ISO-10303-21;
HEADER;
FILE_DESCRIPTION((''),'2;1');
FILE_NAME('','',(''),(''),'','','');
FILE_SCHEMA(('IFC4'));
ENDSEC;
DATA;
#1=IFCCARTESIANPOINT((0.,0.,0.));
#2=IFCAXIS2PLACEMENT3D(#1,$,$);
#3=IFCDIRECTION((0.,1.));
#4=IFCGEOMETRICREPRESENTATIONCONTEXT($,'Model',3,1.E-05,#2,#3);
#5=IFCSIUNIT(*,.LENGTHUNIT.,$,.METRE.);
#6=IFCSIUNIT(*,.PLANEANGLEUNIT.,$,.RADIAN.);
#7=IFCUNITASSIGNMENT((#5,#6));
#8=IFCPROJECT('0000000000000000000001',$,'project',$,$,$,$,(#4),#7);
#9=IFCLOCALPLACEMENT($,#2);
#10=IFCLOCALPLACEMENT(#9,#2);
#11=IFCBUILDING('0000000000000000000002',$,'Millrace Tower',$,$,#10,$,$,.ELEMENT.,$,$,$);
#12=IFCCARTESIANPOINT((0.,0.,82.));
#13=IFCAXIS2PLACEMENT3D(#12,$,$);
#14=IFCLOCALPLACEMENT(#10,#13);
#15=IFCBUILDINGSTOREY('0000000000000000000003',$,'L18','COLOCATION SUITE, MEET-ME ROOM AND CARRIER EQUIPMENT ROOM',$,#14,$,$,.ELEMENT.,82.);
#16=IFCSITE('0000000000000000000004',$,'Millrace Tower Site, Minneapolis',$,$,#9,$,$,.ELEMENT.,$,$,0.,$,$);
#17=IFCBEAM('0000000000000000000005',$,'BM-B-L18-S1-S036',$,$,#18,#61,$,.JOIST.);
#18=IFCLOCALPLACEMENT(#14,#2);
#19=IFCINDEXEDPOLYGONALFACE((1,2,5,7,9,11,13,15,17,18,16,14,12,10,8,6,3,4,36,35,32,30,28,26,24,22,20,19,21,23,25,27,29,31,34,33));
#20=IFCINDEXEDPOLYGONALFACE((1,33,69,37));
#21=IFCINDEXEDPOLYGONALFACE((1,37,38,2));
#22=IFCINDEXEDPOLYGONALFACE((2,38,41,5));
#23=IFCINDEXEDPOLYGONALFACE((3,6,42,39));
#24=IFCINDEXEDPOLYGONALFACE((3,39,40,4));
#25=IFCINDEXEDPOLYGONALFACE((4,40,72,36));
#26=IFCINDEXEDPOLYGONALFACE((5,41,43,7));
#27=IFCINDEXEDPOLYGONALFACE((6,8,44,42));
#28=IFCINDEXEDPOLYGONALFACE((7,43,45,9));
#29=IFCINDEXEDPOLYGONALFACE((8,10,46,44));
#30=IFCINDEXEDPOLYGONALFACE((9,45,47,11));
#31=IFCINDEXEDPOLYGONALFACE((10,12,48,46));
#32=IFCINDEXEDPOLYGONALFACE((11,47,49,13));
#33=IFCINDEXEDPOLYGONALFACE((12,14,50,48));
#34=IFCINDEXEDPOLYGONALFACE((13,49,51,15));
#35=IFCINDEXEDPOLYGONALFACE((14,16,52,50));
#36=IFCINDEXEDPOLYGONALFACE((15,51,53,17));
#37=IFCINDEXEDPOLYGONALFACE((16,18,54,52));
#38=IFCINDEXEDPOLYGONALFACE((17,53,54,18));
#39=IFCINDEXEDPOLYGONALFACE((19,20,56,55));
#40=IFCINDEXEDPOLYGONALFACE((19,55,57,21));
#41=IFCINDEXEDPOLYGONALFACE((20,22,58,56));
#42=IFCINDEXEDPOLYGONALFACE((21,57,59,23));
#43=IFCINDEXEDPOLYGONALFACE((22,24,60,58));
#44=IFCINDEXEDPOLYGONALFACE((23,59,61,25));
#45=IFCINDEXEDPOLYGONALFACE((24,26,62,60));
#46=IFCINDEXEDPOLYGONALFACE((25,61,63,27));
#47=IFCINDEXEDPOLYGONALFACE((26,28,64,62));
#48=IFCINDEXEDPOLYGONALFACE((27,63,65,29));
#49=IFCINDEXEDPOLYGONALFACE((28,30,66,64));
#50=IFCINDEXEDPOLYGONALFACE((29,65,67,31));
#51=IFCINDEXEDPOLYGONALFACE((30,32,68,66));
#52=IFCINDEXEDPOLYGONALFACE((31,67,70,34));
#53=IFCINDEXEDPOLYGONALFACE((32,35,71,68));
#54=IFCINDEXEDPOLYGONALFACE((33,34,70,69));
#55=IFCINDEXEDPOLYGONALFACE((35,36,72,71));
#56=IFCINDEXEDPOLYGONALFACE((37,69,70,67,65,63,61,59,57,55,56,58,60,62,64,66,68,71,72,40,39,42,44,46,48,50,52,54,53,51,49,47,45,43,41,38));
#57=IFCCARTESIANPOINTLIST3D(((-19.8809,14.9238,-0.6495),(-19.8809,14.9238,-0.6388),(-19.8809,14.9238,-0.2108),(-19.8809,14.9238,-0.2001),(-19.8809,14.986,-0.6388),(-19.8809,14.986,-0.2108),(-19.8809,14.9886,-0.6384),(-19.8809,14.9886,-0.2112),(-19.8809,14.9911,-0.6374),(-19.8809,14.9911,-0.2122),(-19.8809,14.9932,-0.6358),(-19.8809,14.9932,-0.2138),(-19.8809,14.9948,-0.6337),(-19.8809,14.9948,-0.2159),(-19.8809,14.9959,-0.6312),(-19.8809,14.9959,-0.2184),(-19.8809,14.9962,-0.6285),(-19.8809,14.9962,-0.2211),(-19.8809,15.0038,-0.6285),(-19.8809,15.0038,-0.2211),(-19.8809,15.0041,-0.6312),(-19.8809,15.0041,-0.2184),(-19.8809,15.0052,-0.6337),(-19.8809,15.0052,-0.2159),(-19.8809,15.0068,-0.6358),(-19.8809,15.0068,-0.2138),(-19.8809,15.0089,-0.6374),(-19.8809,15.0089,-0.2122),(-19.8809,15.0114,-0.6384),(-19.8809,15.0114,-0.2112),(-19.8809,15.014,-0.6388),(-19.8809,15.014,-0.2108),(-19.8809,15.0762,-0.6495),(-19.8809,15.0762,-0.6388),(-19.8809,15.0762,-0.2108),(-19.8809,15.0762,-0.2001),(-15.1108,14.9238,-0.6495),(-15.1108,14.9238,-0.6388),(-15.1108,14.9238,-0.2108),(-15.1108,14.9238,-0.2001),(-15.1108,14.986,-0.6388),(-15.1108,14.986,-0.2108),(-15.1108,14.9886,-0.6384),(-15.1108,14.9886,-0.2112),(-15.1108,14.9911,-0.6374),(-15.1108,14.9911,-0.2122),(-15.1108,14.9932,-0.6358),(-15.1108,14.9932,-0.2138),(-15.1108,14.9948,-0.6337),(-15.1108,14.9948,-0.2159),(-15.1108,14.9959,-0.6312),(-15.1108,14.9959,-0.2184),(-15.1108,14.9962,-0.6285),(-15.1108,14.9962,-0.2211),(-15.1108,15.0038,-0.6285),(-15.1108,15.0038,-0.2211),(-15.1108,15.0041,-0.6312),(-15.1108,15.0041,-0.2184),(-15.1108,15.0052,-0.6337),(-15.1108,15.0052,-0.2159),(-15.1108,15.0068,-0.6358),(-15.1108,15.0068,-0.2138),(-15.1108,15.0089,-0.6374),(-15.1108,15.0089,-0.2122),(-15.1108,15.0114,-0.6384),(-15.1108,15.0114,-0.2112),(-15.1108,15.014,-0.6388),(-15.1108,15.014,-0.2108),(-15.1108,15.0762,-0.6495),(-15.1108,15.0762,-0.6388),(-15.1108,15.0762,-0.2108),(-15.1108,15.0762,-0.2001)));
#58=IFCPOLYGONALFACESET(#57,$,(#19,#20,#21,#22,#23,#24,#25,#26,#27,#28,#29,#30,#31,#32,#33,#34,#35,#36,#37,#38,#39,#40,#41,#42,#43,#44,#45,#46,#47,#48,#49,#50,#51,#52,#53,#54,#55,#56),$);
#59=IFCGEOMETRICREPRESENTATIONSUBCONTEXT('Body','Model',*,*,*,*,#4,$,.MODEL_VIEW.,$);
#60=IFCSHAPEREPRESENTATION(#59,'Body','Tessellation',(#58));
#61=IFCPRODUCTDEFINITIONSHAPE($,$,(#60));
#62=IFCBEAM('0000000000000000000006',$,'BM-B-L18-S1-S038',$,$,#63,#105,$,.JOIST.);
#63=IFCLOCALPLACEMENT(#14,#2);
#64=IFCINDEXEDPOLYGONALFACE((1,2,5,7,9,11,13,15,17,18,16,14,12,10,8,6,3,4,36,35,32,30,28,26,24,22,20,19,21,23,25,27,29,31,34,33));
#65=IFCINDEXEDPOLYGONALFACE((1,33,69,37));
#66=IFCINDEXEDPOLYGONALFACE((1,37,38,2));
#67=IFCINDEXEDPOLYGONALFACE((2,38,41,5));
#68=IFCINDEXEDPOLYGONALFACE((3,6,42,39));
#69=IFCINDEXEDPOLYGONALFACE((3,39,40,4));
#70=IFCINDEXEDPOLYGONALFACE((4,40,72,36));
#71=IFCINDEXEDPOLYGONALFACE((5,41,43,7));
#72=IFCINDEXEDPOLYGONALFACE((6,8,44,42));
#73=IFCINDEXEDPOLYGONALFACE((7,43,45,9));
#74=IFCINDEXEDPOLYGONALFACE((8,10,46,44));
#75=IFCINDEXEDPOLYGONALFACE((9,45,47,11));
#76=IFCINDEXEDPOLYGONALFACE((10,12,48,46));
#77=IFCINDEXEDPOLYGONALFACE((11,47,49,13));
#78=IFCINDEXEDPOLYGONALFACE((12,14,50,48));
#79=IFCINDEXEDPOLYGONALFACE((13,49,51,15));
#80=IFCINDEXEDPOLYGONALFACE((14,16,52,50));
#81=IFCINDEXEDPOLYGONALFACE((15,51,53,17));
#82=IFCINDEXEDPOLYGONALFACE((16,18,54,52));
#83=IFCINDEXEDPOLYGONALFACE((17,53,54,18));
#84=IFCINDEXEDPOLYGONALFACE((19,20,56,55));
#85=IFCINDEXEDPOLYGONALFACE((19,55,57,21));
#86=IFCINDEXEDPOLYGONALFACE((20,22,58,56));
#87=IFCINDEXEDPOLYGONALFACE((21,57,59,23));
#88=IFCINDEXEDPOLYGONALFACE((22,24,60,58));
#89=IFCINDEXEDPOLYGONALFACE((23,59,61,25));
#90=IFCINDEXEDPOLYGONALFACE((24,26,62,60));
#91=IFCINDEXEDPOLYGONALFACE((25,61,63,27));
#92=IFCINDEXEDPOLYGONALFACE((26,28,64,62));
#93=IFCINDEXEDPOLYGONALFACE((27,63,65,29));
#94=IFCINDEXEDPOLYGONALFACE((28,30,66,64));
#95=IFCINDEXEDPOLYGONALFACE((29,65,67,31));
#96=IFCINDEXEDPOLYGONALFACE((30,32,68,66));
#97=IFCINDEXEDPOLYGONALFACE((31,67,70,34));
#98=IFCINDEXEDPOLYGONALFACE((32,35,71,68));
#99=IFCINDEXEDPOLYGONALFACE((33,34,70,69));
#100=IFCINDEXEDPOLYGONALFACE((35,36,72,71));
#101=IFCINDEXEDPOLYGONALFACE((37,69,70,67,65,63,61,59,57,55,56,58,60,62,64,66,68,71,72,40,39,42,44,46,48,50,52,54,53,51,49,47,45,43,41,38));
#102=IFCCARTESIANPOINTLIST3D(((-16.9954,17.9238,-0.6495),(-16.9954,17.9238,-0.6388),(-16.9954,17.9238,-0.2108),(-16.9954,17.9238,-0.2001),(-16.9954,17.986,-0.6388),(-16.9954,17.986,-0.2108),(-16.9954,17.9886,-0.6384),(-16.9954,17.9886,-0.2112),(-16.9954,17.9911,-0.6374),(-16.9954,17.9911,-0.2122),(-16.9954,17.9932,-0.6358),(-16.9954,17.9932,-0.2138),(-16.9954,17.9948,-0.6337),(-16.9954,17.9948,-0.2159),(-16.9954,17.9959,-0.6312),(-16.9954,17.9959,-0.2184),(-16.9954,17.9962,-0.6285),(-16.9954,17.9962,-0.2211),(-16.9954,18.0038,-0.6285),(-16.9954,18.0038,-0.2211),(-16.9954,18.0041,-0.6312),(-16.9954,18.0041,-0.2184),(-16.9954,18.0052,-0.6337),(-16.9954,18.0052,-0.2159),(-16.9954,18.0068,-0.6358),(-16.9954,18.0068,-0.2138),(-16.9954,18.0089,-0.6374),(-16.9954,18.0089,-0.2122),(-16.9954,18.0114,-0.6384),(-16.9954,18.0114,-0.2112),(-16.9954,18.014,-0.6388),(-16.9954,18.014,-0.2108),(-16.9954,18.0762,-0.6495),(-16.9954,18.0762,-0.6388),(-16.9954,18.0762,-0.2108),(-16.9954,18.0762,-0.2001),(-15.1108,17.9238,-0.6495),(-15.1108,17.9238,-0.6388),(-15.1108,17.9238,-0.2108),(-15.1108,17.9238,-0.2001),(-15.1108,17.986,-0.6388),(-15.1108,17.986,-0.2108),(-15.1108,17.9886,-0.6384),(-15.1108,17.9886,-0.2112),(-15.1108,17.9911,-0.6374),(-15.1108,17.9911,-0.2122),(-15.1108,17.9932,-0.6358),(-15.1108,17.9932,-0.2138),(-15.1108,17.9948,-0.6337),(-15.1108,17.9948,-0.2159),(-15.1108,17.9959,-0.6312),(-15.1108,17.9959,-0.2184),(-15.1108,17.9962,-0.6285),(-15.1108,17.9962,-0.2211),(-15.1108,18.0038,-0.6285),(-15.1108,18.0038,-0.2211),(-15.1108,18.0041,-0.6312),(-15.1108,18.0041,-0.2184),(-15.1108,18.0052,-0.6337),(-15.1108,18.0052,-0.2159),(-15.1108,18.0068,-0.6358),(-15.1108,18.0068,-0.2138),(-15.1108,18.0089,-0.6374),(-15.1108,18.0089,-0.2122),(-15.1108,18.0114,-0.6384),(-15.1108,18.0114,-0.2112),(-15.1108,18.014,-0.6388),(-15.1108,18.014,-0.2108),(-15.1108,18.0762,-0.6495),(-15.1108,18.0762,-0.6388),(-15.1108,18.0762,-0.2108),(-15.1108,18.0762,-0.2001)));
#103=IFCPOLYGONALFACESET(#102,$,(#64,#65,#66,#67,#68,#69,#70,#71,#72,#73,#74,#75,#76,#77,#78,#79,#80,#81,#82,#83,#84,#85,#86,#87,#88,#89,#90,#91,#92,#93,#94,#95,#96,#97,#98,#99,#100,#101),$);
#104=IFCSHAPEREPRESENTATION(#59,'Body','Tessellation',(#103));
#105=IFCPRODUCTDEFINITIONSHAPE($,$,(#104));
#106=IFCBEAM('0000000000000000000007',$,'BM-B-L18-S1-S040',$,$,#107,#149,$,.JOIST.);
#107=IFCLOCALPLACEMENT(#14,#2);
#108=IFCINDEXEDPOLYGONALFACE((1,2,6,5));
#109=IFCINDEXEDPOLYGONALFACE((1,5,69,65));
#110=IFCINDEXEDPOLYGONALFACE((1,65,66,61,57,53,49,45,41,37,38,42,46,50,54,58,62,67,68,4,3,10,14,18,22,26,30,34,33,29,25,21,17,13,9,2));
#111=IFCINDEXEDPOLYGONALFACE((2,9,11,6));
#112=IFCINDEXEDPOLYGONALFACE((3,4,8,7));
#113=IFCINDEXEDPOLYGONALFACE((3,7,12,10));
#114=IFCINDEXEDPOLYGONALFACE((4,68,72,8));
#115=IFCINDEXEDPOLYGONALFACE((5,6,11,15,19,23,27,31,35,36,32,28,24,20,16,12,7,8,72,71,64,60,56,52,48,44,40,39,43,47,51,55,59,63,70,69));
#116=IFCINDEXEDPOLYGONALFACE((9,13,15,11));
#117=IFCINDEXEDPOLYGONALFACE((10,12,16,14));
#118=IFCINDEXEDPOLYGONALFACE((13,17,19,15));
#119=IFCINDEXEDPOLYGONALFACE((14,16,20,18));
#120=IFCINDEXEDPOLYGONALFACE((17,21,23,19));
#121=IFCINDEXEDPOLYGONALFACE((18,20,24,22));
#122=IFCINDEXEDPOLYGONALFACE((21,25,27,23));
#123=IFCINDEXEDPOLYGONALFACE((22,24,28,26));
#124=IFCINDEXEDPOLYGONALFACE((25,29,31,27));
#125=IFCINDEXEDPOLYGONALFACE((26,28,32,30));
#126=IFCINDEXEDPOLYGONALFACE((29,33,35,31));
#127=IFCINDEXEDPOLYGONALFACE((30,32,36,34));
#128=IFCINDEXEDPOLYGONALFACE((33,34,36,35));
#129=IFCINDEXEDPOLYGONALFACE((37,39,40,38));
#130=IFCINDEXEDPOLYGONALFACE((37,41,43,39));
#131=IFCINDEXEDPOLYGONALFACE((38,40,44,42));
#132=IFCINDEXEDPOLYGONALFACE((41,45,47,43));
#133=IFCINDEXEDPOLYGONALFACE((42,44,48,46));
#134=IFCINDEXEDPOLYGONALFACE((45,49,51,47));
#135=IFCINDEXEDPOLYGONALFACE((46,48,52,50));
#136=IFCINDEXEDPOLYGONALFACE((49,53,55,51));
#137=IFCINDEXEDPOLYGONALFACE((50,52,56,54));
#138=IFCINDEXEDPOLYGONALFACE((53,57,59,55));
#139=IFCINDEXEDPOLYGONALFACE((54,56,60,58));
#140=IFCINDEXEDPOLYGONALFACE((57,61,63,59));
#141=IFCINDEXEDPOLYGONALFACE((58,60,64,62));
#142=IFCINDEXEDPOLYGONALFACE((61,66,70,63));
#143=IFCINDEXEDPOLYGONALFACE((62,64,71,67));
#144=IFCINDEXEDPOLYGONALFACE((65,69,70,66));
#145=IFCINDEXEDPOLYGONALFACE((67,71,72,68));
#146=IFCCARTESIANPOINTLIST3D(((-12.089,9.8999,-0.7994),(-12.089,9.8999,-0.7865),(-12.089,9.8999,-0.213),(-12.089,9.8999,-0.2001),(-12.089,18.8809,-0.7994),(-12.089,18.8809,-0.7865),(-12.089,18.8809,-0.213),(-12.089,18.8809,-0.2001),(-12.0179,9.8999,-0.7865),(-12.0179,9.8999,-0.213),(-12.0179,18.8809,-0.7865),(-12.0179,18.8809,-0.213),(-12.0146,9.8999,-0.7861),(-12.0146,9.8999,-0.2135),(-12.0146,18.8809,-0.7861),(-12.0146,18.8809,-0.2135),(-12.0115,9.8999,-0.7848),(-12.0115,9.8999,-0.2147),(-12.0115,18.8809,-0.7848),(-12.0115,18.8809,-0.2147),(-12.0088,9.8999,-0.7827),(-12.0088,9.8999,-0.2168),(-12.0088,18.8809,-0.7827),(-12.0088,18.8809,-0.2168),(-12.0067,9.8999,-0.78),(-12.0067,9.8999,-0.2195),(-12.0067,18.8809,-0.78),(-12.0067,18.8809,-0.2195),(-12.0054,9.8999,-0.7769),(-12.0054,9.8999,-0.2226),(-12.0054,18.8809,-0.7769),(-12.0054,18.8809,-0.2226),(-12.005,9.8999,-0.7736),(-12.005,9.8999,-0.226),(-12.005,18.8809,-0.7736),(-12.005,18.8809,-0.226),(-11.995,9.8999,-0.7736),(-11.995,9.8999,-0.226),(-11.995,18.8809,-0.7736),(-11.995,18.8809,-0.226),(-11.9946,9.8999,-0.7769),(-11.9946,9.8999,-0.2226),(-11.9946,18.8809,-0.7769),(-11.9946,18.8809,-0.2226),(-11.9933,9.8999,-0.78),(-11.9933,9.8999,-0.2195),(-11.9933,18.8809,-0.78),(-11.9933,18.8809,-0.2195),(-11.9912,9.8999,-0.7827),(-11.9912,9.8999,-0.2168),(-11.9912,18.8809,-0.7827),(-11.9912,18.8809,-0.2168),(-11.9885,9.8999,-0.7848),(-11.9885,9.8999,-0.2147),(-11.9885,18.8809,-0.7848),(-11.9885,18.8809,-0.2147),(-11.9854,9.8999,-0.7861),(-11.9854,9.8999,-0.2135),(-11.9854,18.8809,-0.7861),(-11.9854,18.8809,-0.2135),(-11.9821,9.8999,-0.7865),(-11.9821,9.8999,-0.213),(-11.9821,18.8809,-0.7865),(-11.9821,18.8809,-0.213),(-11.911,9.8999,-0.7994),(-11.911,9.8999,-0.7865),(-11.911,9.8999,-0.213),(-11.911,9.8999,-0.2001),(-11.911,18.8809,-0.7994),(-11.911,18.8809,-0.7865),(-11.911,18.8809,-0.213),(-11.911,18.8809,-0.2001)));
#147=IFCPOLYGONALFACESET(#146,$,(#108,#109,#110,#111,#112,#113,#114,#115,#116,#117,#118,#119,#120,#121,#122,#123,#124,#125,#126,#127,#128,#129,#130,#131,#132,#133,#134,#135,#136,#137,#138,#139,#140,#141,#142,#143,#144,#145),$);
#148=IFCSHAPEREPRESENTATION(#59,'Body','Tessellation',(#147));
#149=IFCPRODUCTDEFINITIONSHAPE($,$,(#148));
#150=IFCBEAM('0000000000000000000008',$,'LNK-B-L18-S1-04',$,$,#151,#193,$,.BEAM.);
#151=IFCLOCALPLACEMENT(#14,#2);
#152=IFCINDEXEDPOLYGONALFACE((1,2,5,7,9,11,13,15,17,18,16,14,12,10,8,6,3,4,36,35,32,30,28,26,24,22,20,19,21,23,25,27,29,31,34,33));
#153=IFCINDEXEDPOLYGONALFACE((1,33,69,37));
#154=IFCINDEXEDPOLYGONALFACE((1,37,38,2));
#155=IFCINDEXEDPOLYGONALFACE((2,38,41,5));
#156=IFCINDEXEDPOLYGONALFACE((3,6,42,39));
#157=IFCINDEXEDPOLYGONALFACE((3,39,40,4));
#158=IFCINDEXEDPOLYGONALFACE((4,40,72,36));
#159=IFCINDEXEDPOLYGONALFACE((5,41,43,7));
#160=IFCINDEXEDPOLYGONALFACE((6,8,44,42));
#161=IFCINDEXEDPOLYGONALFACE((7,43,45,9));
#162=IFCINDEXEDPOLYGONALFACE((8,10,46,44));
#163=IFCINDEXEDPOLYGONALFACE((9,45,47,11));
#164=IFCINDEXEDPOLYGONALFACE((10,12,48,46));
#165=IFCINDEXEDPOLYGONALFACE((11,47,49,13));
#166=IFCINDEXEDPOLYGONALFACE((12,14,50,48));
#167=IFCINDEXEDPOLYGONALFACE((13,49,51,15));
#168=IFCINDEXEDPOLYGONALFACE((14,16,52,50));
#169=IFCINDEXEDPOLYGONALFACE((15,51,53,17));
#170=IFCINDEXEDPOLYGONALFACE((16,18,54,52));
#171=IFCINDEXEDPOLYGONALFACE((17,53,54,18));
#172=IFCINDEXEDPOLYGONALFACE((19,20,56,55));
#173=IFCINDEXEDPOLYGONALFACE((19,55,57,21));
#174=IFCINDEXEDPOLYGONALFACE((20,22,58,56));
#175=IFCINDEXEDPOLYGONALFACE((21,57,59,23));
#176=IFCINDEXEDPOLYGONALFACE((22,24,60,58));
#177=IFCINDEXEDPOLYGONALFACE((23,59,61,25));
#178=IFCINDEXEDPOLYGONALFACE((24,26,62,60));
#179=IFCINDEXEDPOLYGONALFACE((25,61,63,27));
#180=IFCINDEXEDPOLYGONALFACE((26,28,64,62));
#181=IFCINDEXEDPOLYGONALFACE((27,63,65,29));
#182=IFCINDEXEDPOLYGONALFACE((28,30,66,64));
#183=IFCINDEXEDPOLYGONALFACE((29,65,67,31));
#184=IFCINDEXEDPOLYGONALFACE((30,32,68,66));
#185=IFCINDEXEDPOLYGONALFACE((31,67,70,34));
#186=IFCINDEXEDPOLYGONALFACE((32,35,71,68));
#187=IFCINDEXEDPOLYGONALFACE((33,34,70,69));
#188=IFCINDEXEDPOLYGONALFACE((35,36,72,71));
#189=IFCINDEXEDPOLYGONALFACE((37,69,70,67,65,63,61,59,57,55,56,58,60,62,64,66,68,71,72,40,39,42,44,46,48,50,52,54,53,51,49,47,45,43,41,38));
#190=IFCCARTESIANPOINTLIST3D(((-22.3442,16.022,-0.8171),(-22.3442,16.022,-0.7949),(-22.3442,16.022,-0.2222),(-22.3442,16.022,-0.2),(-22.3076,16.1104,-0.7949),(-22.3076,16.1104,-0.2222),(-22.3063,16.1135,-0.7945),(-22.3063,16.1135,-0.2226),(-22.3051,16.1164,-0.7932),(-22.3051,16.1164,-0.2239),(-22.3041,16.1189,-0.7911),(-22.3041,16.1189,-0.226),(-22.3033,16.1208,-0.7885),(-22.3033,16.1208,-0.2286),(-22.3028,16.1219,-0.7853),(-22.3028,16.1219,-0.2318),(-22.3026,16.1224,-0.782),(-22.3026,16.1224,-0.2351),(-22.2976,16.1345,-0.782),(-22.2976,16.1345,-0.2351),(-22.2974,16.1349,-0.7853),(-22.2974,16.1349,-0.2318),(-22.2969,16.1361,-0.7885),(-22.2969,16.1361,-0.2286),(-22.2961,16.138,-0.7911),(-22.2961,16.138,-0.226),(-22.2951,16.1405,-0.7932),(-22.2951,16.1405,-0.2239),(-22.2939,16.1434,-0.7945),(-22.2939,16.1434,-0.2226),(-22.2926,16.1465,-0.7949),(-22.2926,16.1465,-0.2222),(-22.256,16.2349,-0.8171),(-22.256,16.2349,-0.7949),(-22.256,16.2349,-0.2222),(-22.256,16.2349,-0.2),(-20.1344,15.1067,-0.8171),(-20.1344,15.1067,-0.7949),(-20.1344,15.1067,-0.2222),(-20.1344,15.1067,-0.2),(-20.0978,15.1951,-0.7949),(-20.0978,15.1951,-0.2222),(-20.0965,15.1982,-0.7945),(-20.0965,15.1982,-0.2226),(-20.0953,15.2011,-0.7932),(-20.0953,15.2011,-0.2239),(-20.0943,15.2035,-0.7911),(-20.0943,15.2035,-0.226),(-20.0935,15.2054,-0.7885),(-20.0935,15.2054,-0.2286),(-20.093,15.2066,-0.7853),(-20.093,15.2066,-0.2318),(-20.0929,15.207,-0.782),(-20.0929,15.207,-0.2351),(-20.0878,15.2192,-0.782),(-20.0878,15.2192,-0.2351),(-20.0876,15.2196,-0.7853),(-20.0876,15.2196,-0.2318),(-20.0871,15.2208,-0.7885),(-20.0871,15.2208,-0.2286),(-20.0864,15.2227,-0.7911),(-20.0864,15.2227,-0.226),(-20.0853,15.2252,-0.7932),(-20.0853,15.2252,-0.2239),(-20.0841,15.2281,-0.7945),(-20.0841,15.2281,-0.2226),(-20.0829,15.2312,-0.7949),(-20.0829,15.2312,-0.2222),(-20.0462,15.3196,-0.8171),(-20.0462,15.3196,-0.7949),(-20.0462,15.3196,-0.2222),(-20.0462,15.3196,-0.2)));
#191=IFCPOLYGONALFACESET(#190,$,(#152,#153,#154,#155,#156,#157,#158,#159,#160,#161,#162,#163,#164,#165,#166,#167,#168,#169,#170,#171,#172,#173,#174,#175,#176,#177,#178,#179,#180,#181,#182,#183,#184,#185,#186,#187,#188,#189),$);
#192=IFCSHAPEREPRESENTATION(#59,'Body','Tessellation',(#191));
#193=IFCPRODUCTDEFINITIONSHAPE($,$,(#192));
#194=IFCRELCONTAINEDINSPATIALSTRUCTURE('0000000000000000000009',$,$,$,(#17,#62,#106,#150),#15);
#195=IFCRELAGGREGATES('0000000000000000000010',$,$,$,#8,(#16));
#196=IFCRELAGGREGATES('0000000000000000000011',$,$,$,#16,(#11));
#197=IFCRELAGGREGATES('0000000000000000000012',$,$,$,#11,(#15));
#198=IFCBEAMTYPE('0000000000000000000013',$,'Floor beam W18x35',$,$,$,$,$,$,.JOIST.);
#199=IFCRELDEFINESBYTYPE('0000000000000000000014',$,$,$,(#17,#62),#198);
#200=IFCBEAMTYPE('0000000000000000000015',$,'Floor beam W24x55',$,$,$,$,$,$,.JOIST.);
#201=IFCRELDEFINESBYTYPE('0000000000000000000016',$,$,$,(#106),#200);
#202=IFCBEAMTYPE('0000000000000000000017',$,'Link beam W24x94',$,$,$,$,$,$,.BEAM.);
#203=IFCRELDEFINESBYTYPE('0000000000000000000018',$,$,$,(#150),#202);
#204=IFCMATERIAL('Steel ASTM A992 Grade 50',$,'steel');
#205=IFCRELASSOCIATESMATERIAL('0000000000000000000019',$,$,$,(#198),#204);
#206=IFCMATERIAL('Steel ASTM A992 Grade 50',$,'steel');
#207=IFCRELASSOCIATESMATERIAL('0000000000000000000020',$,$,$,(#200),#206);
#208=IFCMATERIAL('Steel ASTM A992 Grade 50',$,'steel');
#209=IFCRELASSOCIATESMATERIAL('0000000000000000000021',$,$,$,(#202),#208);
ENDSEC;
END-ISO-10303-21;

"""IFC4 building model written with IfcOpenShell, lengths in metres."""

from ifc_helpers import new_model, si_unit, direction, frame, origin, origin_2d, place, context, subcontext, project, spatial, i_section, extrude, material, material_profile, profile_set, type_object, element, save


model = new_model("IFC4")

# Units and contexts
model_context = context("Model", 3, precision=1e-05, world=origin(), true_north=direction((0.0, 1.0)))
body_context = subcontext(model_context, "Body", "Model", "MODEL_VIEW")
ifc_project = project(units=[si_unit("LENGTHUNIT", "METRE"), si_unit("PLANEANGLEUNIT", "RADIAN")], contexts=[model_context])

# Site, building, storey
site_placement = place(None, origin())
site = spatial("IfcSite", under=ifc_project, at=site_placement, Name="Millrace Tower Site, Minneapolis", CompositionType="ELEMENT", RefElevation=0.0)
building_placement = place(site_placement, origin())
building = spatial("IfcBuilding", under=site, at=building_placement, Name="Millrace Tower", CompositionType="ELEMENT")
storey_placement = place(building_placement, frame((0.0, 0.0, 82.0)))
storey = spatial("IfcBuildingStorey", under=building, at=storey_placement, Name="L18", Description="COLOCATION SUITE, MEET-ME ROOM AND CARRIER EQUIPMENT ROOM", CompositionType="ELEMENT", Elevation=82.0)

# Beams
ifc_material_1 = material(Name="Steel ASTM A992 Grade 50", Category="steel")
ifc_material_profile_1 = material_profile(ifc_material_1, i_section(OverallWidth=0.1523, OverallDepth=0.4495, WebThickness=0.0076, FlangeThickness=0.0107, FilletRadius=0.0103, at=origin_2d()))
ifc_profile_set_1 = profile_set([ifc_material_profile_1], Name="Steel ASTM A992 Grade 50")
beam_type_1 = type_object("IfcBeamType", Name="Floor beam W18x35", PredefinedType="JOIST", material=ifc_profile_set_1)
for number, where, z_axis, x_axis, name in (
    (1, (-19.8809, 15.0, -0.4248), (1.0, 0.0, 0.0), (0.0, 1.0, 0.0), "BM-B-L18-S1-S036"),
):
    element("IfcBeam", number, at=place(storey_placement, frame(where, z_axis=z_axis, x_axis=x_axis)), inside=storey, type_object=beam_type_1, Name=name, PredefinedType="JOIST", context=body_context, shape_type="SweptSolid", body=[
        extrude(i_section(OverallWidth=0.1523, OverallDepth=0.4495, WebThickness=0.0076, FlangeThickness=0.0107, FilletRadius=0.0103, at=origin_2d()), origin(), (0.0, 0.0, 1.0), 4.77),
    ])
beam_1_placement = place(storey_placement, frame((-16.9954, 18.0, -0.4248), z_axis=(1.0, 0.0, 0.0), x_axis=(0.0, 1.0, 0.0)))
element("IfcBeam", 2, at=beam_1_placement, inside=storey, type_object=beam_type_1, Name="BM-B-L18-S1-S038", PredefinedType="JOIST", context=body_context, shape_type="SweptSolid", body=[
    extrude(i_section(OverallWidth=0.1523, OverallDepth=0.4495, WebThickness=0.0076, FlangeThickness=0.0107, FilletRadius=0.0103, at=origin_2d()), origin(), (0.0, 0.0, 1.0), 1.8845),
])
ifc_material_2 = material(Name="Steel ASTM A992 Grade 50", Category="steel")
ifc_material_profile_2 = material_profile(ifc_material_2, i_section(OverallWidth=0.178, OverallDepth=0.5994, WebThickness=0.01, FlangeThickness=0.0129, FilletRadius=0.0129, at=origin_2d()))
ifc_profile_set_2 = profile_set([ifc_material_profile_2], Name="Steel ASTM A992 Grade 50")
beam_type_2 = type_object("IfcBeamType", Name="Floor beam W24x55", PredefinedType="JOIST", material=ifc_profile_set_2)
beam_2_placement = place(storey_placement, frame((-12.0, 9.8999, -0.4998), z_axis=(0.0, 1.0, 0.0), x_axis=(-1.0, 0.0, 0.0)))
element("IfcBeam", 3, at=beam_2_placement, inside=storey, type_object=beam_type_2, Name="BM-B-L18-S1-S040", PredefinedType="JOIST", context=body_context, shape_type="SweptSolid", body=[
    extrude(i_section(OverallWidth=0.178, OverallDepth=0.5994, WebThickness=0.01, FlangeThickness=0.0129, FilletRadius=0.0129, at=origin_2d()), origin(), (0.0, 0.0, 1.0), 8.981),
])
ifc_material_3 = material(Name="Steel ASTM A992 Grade 50", Category="steel")
ifc_material_profile_3 = material_profile(ifc_material_3, i_section(OverallWidth=0.2305, OverallDepth=0.6172, WebThickness=0.0132, FlangeThickness=0.0222, FilletRadius=0.0129, at=origin_2d()))
ifc_profile_set_3 = profile_set([ifc_material_profile_3], Name="Steel ASTM A992 Grade 50")
beam_type_3 = type_object("IfcBeamType", Name="Link beam W24x94", PredefinedType="BEAM", material=ifc_profile_set_3)
for number, where, z_axis, x_axis, name in (
    (4, (-20.0903, 15.2131, -0.5085), (-0.923881, 0.382679, 0.0), (-0.382679, -0.923881, 0.0), "LNK-B-L18-S1-04"),
):
    element("IfcBeam", number, at=place(storey_placement, frame(where, z_axis=z_axis, x_axis=x_axis)), inside=storey, type_object=beam_type_3, Name=name, PredefinedType="BEAM", context=body_context, shape_type="SweptSolid", body=[
        extrude(i_section(OverallWidth=0.2305, OverallDepth=0.6172, WebThickness=0.0132, FlangeThickness=0.0222, FilletRadius=0.0129, at=origin_2d()), origin(), (0.0, 0.0, 1.0), 2.3918),
    ])

save(model, "model.ifc")
